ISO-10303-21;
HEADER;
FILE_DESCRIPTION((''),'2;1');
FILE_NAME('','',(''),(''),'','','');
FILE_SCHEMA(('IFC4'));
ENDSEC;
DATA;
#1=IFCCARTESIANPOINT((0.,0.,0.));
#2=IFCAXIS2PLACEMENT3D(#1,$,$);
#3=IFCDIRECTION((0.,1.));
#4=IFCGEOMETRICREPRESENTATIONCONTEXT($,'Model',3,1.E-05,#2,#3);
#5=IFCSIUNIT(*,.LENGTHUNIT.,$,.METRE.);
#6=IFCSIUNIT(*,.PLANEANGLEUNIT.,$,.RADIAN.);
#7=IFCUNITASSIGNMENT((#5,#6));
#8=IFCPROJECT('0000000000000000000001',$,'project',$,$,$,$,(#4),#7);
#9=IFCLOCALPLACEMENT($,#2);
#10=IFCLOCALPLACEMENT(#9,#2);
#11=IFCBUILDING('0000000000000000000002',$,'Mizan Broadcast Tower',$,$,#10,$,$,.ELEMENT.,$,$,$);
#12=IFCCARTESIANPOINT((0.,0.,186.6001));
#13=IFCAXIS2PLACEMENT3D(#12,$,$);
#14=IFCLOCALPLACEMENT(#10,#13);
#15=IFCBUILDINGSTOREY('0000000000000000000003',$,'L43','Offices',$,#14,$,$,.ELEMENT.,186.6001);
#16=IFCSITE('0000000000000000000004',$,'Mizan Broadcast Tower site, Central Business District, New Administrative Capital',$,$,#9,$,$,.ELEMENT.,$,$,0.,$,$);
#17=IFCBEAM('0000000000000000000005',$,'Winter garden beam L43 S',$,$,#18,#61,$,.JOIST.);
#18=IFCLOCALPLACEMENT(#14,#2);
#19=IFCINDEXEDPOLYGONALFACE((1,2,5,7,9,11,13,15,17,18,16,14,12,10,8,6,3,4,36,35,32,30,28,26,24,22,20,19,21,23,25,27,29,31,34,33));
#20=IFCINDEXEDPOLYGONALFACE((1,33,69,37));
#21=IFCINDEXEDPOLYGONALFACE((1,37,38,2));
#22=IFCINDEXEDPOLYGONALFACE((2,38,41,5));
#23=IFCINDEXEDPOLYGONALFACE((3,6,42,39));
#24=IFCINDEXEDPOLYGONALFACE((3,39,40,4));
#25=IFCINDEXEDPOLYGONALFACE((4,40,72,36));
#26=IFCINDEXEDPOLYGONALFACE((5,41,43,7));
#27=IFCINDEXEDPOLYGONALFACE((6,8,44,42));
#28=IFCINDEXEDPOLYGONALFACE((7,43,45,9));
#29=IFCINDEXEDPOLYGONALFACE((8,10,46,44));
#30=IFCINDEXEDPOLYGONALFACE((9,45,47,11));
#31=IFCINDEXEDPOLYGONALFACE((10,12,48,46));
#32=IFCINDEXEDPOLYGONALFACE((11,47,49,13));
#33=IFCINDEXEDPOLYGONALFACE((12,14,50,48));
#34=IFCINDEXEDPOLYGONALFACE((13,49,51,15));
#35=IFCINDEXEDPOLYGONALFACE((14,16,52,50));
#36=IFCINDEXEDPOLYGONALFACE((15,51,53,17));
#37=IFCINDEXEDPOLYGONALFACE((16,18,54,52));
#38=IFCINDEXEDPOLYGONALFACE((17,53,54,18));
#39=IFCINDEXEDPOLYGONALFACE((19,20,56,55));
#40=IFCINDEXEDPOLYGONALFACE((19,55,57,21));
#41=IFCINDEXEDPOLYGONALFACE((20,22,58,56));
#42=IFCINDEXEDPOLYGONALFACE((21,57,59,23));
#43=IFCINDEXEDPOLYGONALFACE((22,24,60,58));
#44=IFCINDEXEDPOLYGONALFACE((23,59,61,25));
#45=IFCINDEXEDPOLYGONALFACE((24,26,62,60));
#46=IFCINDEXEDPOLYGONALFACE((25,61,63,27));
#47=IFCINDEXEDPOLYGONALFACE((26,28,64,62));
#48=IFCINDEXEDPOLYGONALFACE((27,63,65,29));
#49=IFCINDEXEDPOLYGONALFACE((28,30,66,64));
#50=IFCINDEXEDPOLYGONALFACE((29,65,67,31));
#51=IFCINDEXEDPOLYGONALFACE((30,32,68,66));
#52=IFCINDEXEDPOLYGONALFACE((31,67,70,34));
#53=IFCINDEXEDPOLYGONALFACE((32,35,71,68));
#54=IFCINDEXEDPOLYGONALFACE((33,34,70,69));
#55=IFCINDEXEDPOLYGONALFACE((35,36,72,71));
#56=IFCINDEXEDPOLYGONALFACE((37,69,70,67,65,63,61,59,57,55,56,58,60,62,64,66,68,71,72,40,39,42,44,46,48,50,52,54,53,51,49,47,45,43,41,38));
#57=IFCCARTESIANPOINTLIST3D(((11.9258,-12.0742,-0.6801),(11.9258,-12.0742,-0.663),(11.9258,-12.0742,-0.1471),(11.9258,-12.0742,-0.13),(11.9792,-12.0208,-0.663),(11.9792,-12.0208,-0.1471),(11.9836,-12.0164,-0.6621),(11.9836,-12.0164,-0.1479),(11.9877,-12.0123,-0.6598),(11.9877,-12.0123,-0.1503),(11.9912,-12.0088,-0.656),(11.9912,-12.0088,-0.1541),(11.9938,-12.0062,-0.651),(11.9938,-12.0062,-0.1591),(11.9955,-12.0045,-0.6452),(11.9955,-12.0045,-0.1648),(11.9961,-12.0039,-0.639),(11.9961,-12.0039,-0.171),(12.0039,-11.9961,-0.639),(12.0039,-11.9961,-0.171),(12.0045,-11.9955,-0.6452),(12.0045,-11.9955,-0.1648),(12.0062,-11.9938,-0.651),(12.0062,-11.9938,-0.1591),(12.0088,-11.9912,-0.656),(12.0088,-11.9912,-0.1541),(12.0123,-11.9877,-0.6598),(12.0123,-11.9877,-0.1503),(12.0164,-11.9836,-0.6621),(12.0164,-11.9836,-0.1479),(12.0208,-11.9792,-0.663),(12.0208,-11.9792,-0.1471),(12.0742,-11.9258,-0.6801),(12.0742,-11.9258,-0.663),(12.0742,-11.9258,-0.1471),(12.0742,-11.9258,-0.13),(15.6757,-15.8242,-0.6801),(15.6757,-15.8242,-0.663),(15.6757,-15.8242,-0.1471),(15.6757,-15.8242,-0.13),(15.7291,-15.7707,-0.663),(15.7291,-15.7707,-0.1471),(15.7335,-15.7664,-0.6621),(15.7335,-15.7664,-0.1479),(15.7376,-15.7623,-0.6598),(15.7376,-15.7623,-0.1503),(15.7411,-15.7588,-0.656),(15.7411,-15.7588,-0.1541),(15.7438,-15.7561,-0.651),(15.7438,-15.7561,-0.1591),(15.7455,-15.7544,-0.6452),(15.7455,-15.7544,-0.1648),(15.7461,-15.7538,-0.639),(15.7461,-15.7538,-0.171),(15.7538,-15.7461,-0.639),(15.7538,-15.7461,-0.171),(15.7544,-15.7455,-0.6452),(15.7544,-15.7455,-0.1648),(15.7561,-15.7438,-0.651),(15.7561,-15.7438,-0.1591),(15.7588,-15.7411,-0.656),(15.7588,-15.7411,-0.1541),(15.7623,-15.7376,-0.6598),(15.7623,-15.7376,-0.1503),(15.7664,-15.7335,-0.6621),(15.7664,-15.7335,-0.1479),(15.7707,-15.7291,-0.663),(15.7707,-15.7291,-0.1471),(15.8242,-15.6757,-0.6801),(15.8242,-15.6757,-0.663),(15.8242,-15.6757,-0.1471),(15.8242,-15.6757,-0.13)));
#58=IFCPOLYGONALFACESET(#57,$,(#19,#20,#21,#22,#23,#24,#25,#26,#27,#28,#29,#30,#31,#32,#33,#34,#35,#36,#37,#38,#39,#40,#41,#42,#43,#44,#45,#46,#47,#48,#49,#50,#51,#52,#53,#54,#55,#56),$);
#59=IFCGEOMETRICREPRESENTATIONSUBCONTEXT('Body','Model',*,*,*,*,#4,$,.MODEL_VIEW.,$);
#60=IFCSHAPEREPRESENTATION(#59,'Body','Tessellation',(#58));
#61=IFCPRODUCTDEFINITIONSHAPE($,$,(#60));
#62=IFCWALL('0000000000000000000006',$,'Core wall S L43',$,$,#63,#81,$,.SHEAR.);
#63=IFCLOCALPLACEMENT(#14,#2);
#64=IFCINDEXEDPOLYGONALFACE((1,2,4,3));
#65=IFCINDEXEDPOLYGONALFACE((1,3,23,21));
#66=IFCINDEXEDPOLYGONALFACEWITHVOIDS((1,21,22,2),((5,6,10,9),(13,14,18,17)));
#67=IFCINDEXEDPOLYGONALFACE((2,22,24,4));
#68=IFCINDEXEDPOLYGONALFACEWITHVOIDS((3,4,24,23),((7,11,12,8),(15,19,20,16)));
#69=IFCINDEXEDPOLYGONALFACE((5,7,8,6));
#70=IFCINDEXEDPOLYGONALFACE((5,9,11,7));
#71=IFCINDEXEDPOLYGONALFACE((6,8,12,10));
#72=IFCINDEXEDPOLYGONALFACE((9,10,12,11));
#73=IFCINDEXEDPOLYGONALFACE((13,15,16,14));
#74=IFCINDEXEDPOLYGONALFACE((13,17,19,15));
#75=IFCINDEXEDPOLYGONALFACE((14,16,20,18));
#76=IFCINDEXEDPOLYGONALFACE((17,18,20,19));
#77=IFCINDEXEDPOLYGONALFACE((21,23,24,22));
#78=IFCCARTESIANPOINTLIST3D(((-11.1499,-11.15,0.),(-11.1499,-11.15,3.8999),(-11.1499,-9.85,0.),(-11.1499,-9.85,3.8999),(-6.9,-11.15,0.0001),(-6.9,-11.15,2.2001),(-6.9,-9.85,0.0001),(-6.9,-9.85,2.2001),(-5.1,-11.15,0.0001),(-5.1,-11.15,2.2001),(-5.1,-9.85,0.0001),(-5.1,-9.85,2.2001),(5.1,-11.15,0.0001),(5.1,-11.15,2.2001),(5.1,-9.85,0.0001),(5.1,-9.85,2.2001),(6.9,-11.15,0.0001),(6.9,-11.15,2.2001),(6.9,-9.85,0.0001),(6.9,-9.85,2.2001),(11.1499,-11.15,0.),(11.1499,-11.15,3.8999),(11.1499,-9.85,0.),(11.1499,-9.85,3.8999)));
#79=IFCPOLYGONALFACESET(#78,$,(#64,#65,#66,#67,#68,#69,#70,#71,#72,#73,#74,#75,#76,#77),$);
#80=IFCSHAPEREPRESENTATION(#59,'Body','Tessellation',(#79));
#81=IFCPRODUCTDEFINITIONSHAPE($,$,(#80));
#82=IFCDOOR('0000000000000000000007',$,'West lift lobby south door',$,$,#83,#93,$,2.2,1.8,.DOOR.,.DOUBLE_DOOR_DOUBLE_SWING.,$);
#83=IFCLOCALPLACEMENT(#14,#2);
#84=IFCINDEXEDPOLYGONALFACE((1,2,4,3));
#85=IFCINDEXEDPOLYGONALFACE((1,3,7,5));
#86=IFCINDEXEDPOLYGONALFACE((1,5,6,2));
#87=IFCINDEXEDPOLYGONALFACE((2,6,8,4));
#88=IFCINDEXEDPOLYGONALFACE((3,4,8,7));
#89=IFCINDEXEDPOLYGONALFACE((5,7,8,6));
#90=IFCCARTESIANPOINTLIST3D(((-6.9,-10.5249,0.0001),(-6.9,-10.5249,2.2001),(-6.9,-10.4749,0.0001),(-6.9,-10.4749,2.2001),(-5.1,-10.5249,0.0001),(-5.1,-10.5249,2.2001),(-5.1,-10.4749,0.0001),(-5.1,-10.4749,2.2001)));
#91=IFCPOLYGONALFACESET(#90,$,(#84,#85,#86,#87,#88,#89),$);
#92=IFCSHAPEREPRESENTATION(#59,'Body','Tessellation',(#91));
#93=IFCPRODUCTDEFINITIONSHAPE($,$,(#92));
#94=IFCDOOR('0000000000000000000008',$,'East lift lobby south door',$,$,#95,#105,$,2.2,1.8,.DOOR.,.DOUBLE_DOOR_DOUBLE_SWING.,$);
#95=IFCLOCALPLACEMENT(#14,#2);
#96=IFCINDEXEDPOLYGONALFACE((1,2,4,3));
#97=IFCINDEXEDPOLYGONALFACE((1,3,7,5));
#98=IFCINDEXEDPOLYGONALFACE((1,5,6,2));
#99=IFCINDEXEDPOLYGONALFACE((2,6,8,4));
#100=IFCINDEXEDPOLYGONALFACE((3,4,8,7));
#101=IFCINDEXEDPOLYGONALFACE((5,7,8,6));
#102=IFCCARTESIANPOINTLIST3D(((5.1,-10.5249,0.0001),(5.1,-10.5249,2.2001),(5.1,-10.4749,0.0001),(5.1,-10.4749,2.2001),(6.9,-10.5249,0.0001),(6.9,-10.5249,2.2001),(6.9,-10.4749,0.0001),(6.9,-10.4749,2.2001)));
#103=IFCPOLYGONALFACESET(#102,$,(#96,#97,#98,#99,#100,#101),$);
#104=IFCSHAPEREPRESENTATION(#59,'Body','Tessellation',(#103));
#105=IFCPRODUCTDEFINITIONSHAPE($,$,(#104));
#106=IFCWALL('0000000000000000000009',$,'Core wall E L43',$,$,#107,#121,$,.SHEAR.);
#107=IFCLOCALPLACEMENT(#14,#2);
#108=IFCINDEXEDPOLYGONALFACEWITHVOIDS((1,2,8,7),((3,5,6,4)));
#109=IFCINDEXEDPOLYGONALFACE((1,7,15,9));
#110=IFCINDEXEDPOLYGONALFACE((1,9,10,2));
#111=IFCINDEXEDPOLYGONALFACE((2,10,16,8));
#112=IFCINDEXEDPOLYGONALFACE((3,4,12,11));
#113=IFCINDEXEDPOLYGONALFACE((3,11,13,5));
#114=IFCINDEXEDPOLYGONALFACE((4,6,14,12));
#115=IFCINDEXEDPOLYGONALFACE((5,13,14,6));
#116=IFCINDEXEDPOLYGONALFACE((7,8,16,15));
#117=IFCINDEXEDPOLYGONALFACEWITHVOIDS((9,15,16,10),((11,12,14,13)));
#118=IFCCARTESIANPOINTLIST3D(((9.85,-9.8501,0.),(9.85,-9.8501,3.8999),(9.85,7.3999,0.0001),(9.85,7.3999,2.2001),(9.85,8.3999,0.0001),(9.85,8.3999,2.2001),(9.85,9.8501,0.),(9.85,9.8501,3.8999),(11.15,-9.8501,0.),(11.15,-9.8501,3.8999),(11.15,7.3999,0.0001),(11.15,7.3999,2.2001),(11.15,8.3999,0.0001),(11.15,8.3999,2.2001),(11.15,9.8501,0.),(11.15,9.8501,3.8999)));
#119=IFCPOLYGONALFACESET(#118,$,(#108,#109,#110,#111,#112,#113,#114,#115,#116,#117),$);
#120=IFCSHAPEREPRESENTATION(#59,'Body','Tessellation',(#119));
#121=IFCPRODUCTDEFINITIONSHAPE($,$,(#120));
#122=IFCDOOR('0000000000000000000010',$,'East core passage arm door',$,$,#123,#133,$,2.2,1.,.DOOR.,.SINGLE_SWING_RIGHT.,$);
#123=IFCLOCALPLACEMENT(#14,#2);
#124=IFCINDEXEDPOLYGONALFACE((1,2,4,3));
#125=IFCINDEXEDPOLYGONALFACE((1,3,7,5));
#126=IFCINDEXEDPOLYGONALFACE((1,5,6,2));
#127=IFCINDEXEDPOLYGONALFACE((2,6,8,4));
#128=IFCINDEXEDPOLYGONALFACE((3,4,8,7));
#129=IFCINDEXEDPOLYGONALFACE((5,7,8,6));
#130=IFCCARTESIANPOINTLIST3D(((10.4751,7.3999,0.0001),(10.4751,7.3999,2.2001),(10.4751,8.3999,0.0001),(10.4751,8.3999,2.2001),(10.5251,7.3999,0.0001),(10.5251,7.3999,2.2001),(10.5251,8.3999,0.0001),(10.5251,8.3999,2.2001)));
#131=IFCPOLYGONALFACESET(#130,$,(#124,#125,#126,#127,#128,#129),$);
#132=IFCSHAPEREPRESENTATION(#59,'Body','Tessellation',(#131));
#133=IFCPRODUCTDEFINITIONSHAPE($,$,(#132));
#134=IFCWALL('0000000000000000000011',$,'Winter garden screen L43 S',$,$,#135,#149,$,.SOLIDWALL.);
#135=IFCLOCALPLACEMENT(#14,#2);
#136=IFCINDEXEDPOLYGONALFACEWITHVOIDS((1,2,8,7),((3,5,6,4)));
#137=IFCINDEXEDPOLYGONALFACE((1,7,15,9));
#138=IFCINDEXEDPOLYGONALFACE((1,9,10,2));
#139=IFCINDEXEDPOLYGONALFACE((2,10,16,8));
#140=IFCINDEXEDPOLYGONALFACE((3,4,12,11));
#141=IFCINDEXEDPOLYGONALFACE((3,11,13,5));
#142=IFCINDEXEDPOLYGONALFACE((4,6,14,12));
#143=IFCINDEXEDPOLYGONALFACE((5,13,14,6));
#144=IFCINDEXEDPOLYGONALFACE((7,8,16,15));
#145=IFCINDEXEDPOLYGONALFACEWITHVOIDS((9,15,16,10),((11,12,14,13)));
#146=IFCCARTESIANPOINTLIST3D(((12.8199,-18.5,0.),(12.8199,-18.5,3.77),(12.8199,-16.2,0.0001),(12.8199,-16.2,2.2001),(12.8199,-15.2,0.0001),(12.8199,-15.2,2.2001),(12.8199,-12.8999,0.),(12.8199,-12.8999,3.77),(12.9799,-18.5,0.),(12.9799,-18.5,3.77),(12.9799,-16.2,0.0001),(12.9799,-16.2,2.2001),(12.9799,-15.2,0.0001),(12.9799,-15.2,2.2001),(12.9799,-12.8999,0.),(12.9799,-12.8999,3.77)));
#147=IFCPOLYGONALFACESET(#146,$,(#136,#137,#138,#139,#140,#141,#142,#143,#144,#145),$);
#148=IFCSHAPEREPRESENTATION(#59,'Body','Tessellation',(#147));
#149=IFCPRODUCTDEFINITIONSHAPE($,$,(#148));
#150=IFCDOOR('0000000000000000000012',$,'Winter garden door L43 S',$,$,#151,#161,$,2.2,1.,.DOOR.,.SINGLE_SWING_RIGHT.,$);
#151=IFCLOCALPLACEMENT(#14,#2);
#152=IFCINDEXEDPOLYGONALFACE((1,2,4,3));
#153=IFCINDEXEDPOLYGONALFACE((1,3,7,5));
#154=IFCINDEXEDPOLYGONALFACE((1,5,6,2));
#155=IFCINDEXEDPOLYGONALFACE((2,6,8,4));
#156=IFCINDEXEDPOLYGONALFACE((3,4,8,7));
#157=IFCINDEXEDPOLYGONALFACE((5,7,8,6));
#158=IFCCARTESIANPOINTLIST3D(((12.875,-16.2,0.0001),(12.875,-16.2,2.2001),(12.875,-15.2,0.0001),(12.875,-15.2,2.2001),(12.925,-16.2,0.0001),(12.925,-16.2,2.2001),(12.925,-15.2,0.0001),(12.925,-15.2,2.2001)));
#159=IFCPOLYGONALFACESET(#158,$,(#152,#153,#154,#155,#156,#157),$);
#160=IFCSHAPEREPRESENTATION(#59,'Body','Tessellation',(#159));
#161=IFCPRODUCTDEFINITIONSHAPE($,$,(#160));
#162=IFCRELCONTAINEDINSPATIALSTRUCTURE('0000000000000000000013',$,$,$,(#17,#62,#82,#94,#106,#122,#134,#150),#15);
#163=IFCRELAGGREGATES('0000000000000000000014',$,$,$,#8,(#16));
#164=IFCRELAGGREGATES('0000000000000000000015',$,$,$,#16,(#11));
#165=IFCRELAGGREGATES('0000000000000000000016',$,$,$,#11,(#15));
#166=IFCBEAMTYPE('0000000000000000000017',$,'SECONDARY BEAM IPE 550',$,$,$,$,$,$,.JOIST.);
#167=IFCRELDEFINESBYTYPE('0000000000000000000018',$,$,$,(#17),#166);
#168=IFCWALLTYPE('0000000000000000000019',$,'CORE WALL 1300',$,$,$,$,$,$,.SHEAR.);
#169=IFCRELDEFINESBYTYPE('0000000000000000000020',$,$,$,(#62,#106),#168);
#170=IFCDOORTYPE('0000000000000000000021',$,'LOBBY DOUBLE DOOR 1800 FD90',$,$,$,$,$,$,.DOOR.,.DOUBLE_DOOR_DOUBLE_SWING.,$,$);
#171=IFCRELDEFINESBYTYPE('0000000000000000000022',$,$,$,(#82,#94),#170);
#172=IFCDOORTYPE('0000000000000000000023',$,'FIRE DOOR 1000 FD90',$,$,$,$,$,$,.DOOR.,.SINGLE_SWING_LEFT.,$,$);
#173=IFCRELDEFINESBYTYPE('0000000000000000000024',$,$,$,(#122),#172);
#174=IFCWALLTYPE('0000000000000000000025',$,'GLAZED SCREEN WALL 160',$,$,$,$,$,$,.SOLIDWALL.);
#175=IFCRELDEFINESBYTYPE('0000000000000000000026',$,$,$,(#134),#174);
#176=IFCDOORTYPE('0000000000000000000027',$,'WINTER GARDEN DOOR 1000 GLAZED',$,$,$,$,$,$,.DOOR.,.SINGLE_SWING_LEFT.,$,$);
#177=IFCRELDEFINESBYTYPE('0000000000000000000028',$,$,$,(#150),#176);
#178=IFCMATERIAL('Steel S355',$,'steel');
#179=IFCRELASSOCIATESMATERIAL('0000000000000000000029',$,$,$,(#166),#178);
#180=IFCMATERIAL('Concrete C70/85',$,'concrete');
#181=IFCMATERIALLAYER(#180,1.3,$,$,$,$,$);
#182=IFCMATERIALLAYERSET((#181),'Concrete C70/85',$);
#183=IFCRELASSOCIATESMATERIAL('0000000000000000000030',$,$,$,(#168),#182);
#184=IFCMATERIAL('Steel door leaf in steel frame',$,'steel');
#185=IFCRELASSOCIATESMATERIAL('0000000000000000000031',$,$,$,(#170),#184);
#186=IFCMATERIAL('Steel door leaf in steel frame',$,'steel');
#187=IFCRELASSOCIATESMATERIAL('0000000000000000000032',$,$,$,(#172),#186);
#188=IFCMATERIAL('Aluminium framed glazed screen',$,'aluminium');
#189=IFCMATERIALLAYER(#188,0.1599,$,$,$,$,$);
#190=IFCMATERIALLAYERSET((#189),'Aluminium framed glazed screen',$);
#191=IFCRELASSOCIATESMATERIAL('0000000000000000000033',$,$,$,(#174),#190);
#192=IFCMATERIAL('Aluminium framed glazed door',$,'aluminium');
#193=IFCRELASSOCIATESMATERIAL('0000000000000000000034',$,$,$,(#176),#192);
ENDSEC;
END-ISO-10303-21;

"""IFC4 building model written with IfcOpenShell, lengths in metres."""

from ifc_helpers import new_model, si_unit, direction, frame, frame_2d, origin, origin_2d, place, context, subcontext, project, spatial, rectangle, i_section, extrude, material, layer, layer_set, material_profile, profile_set, type_object, element, fill, save


model = new_model("IFC4")

# Units and contexts
model_context = context("Model", 3, precision=1e-05, world=origin(), true_north=direction((0.0, 1.0)))
body_context = subcontext(model_context, "Body", "Model", "MODEL_VIEW")
ifc_project = project(units=[si_unit("LENGTHUNIT", "METRE"), si_unit("PLANEANGLEUNIT", "RADIAN")], contexts=[model_context])

# Site, building, storey
site_placement = place(None, origin())
site = spatial("IfcSite", under=ifc_project, at=site_placement, Name="Mizan Broadcast Tower site, Central Business District, New Administrative Capital", CompositionType="ELEMENT", RefElevation=0.0)
building_placement = place(site_placement, origin())
building = spatial("IfcBuilding", under=site, at=building_placement, Name="Mizan Broadcast Tower", CompositionType="ELEMENT")
storey_placement = place(building_placement, frame((0.0, 0.0, 186.6001)))
storey = spatial("IfcBuildingStorey", under=building, at=storey_placement, Name="L43", Description="Offices", CompositionType="ELEMENT", Elevation=186.6001)

# Beam
ifc_material_1 = material(Name="Steel S355", Category="steel")
ifc_material_profile_1 = material_profile(ifc_material_1, i_section(OverallWidth=0.21, OverallDepth=0.55, WebThickness=0.011, FlangeThickness=0.0171, FilletRadius=0.0239, at=origin_2d()), Name="IPE 550")
ifc_profile_set_1 = profile_set([ifc_material_profile_1], Name="Steel S355")
beam_type_1 = type_object("IfcBeamType", Name="SECONDARY BEAM IPE 550", PredefinedType="JOIST", material=ifc_profile_set_1)
beam_placement = place(storey_placement, frame((12.0, -12.0, -0.405), z_axis=(0.707107, -0.707107, 0.0), x_axis=(0.707107, 0.707107, 0.0)))
element("IfcBeam", 1, at=beam_placement, inside=storey, type_object=beam_type_1, Name="Winter garden beam L43 S", PredefinedType="JOIST", context=body_context, shape_type="SweptSolid", body=[
    extrude(i_section(OverallWidth=0.21, OverallDepth=0.55, WebThickness=0.011, FlangeThickness=0.0171, FilletRadius=0.0239, at=origin_2d()), origin(), (0.0, 0.0, 1.0), 5.3032),
])

# Wall, openings, doors
ifc_material_2 = material(Name="Concrete C70/85", Category="concrete")
ifc_layer_1 = layer(ifc_material_2, 1.3)
ifc_layer_set_1 = layer_set([ifc_layer_1], Name="Concrete C70/85")
wall_type_1 = type_object("IfcWallType", Name="CORE WALL 1300", PredefinedType="SHEAR", material=ifc_layer_set_1)
wall_1_placement = place(storey_placement, frame((11.1499, -10.5, 0.0), z_axis=(0.0, 0.0, 1.0), x_axis=(-1.0, 0.0, 0.0)))
wall_1 = element("IfcWall", 2, at=wall_1_placement, inside=storey, type_object=wall_type_1, Name="Core wall S L43", PredefinedType="SHEAR", context=body_context, shape_type="SweptSolid", body=[
    extrude(rectangle(XDim=22.2998, YDim=1.3, at=frame_2d((11.1499, 0.0))), origin(), (0.0, 0.0, 1.0), 3.8999),
])
opening_1_placement = place(wall_1_placement, frame((16.25, 0.0, 0.0)))
opening_1 = element("IfcOpeningElement", 3, at=opening_1_placement, cuts=wall_1, PredefinedType="OPENING", context=body_context, shape_type="SweptSolid", body=[
    extrude(rectangle(XDim=1.8, YDim=2.2, at=frame_2d((0.8999, 1.1001))), frame((0.0, 0.6599, 0.0), z_axis=(0.0, -1.0, 0.0), x_axis=(1.0, 0.0, 0.0)), (0.0, 0.0, 1.0), 1.3201),
])
opening_2_placement = place(wall_1_placement, frame((4.25, 0.0, 0.0)))
opening_2 = element("IfcOpeningElement", 4, at=opening_2_placement, cuts=wall_1, PredefinedType="OPENING", context=body_context, shape_type="SweptSolid", body=[
    extrude(rectangle(XDim=1.8, YDim=2.2, at=frame_2d((0.8999, 1.1001))), frame((0.0, 0.6599, 0.0), z_axis=(0.0, -1.0, 0.0), x_axis=(1.0, 0.0, 0.0)), (0.0, 0.0, 1.0), 1.3201),
])
ifc_material_3 = material(Name="Steel door leaf in steel frame", Category="steel")
door_type_1 = type_object("IfcDoorType", Name="LOBBY DOUBLE DOOR 1800 FD90", OperationType="DOUBLE_DOOR_DOUBLE_SWING", PredefinedType="DOOR", material=ifc_material_3)
door_1_placement = place(opening_1_placement, origin())
door_1 = element("IfcDoor", 5, at=door_1_placement, inside=storey, type_object=door_type_1, Name="West lift lobby south door", OperationType="DOUBLE_DOOR_DOUBLE_SWING", OverallHeight=2.2, OverallWidth=1.8, PredefinedType="DOOR", context=body_context, shape_type="SweptSolid", body=[
    extrude(rectangle(XDim=1.8, YDim=2.2, at=frame_2d((0.8999, 1.1001))), frame((0.0, 0.0249, 0.0), z_axis=(0.0, -1.0, 0.0), x_axis=(1.0, 0.0, 0.0)), (0.0, 0.0, 1.0), 0.05),
])
fill(opening_1, door_1)
door_2_placement = place(opening_2_placement, origin())
door_2 = element("IfcDoor", 6, at=door_2_placement, inside=storey, type_object=door_type_1, Name="East lift lobby south door", OperationType="DOUBLE_DOOR_DOUBLE_SWING", OverallHeight=2.2, OverallWidth=1.8, PredefinedType="DOOR", context=body_context, shape_type="SweptSolid", body=[
    extrude(rectangle(XDim=1.8, YDim=2.2, at=frame_2d((0.8999, 1.1001))), frame((0.0, 0.0249, 0.0), z_axis=(0.0, -1.0, 0.0), x_axis=(1.0, 0.0, 0.0)), (0.0, 0.0, 1.0), 0.05),
])
fill(opening_2, door_2)

# Walls, openings, doors
wall_2_placement = place(storey_placement, frame((10.5, -9.8501, 0.0), z_axis=(0.0, 0.0, 1.0), x_axis=(0.0, 1.0, 0.0)))
wall_2 = element("IfcWall", 7, at=wall_2_placement, inside=storey, type_object=wall_type_1, Name="Core wall E L43", PredefinedType="SHEAR", context=body_context, shape_type="SweptSolid", body=[
    extrude(rectangle(XDim=19.7002, YDim=1.3, at=frame_2d((9.8501, 0.0))), origin(), (0.0, 0.0, 1.0), 3.8999),
])
opening_3_placement = place(wall_2_placement, frame((17.25, 0.0, 0.0)))
opening_3 = element("IfcOpeningElement", 8, at=opening_3_placement, cuts=wall_2, PredefinedType="OPENING", context=body_context, shape_type="SweptSolid", body=[
    extrude(rectangle(XDim=1.0, YDim=2.2, at=frame_2d((0.5, 1.1001))), frame((0.0, 0.6599, 0.0), z_axis=(0.0, -1.0, 0.0), x_axis=(1.0, 0.0, 0.0)), (0.0, 0.0, 1.0), 1.3201),
])
ifc_material_4 = material(Name="Steel door leaf in steel frame", Category="steel")
door_type_2 = type_object("IfcDoorType", Name="FIRE DOOR 1000 FD90", OperationType="SINGLE_SWING_LEFT", PredefinedType="DOOR", material=ifc_material_4)
door_3_placement = place(opening_3_placement, origin())
door_3 = element("IfcDoor", 9, at=door_3_placement, inside=storey, type_object=door_type_2, Name="East core passage arm door", OperationType="SINGLE_SWING_RIGHT", OverallHeight=2.2, OverallWidth=1.0, PredefinedType="DOOR", context=body_context, shape_type="SweptSolid", body=[
    extrude(rectangle(XDim=1.0, YDim=2.2, at=frame_2d((0.5, 1.1001))), frame((0.0, 0.0249, 0.0), z_axis=(0.0, -1.0, 0.0), x_axis=(1.0, 0.0, 0.0)), (0.0, 0.0, 1.0), 0.05),
])
fill(opening_3, door_3)
ifc_material_5 = material(Name="Aluminium framed glazed screen", Category="aluminium")
ifc_layer_2 = layer(ifc_material_5, 0.1599)
ifc_layer_set_2 = layer_set([ifc_layer_2], Name="Aluminium framed glazed screen")
wall_type_2 = type_object("IfcWallType", Name="GLAZED SCREEN WALL 160", PredefinedType="SOLIDWALL", material=ifc_layer_set_2)
wall_3_placement = place(storey_placement, frame((12.8999, -18.5, 0.0), z_axis=(0.0, 0.0, 1.0), x_axis=(0.0, 1.0, 0.0)))
wall_3 = element("IfcWall", 10, at=wall_3_placement, inside=storey, type_object=wall_type_2, Name="Winter garden screen L43 S", PredefinedType="SOLIDWALL", context=body_context, shape_type="SweptSolid", body=[
    extrude(rectangle(XDim=5.6001, YDim=0.1599, at=frame_2d((2.8, 0.0))), origin(), (0.0, 0.0, 1.0), 3.77),
])
opening_4_placement = place(wall_3_placement, frame((2.3, 0.0, 0.0)))
opening_4 = element("IfcOpeningElement", 11, at=opening_4_placement, cuts=wall_3, PredefinedType="OPENING", context=body_context, shape_type="SweptSolid", body=[
    extrude(rectangle(XDim=1.0, YDim=2.2, at=frame_2d((0.5, 1.1001))), frame((0.0, 0.0898, 0.0), z_axis=(0.0, -1.0, 0.0), x_axis=(1.0, 0.0, 0.0)), (0.0, 0.0, 1.0), 0.1799),
])
ifc_material_6 = material(Name="Aluminium framed glazed door", Category="aluminium")
door_type_3 = type_object("IfcDoorType", Name="WINTER GARDEN DOOR 1000 GLAZED", OperationType="SINGLE_SWING_LEFT", PredefinedType="DOOR", material=ifc_material_6)
door_4_placement = place(opening_4_placement, origin())
door_4 = element("IfcDoor", 12, at=door_4_placement, inside=storey, type_object=door_type_3, Name="Winter garden door L43 S", OperationType="SINGLE_SWING_RIGHT", OverallHeight=2.2, OverallWidth=1.0, PredefinedType="DOOR", context=body_context, shape_type="SweptSolid", body=[
    extrude(rectangle(XDim=1.0, YDim=2.2, at=frame_2d((0.5, 1.1001))), frame((0.0, 0.0249, 0.0), z_axis=(0.0, -1.0, 0.0), x_axis=(1.0, 0.0, 0.0)), (0.0, 0.0, 1.0), 0.05),
])
fill(opening_4, door_4)

save(model, "model.ifc")
